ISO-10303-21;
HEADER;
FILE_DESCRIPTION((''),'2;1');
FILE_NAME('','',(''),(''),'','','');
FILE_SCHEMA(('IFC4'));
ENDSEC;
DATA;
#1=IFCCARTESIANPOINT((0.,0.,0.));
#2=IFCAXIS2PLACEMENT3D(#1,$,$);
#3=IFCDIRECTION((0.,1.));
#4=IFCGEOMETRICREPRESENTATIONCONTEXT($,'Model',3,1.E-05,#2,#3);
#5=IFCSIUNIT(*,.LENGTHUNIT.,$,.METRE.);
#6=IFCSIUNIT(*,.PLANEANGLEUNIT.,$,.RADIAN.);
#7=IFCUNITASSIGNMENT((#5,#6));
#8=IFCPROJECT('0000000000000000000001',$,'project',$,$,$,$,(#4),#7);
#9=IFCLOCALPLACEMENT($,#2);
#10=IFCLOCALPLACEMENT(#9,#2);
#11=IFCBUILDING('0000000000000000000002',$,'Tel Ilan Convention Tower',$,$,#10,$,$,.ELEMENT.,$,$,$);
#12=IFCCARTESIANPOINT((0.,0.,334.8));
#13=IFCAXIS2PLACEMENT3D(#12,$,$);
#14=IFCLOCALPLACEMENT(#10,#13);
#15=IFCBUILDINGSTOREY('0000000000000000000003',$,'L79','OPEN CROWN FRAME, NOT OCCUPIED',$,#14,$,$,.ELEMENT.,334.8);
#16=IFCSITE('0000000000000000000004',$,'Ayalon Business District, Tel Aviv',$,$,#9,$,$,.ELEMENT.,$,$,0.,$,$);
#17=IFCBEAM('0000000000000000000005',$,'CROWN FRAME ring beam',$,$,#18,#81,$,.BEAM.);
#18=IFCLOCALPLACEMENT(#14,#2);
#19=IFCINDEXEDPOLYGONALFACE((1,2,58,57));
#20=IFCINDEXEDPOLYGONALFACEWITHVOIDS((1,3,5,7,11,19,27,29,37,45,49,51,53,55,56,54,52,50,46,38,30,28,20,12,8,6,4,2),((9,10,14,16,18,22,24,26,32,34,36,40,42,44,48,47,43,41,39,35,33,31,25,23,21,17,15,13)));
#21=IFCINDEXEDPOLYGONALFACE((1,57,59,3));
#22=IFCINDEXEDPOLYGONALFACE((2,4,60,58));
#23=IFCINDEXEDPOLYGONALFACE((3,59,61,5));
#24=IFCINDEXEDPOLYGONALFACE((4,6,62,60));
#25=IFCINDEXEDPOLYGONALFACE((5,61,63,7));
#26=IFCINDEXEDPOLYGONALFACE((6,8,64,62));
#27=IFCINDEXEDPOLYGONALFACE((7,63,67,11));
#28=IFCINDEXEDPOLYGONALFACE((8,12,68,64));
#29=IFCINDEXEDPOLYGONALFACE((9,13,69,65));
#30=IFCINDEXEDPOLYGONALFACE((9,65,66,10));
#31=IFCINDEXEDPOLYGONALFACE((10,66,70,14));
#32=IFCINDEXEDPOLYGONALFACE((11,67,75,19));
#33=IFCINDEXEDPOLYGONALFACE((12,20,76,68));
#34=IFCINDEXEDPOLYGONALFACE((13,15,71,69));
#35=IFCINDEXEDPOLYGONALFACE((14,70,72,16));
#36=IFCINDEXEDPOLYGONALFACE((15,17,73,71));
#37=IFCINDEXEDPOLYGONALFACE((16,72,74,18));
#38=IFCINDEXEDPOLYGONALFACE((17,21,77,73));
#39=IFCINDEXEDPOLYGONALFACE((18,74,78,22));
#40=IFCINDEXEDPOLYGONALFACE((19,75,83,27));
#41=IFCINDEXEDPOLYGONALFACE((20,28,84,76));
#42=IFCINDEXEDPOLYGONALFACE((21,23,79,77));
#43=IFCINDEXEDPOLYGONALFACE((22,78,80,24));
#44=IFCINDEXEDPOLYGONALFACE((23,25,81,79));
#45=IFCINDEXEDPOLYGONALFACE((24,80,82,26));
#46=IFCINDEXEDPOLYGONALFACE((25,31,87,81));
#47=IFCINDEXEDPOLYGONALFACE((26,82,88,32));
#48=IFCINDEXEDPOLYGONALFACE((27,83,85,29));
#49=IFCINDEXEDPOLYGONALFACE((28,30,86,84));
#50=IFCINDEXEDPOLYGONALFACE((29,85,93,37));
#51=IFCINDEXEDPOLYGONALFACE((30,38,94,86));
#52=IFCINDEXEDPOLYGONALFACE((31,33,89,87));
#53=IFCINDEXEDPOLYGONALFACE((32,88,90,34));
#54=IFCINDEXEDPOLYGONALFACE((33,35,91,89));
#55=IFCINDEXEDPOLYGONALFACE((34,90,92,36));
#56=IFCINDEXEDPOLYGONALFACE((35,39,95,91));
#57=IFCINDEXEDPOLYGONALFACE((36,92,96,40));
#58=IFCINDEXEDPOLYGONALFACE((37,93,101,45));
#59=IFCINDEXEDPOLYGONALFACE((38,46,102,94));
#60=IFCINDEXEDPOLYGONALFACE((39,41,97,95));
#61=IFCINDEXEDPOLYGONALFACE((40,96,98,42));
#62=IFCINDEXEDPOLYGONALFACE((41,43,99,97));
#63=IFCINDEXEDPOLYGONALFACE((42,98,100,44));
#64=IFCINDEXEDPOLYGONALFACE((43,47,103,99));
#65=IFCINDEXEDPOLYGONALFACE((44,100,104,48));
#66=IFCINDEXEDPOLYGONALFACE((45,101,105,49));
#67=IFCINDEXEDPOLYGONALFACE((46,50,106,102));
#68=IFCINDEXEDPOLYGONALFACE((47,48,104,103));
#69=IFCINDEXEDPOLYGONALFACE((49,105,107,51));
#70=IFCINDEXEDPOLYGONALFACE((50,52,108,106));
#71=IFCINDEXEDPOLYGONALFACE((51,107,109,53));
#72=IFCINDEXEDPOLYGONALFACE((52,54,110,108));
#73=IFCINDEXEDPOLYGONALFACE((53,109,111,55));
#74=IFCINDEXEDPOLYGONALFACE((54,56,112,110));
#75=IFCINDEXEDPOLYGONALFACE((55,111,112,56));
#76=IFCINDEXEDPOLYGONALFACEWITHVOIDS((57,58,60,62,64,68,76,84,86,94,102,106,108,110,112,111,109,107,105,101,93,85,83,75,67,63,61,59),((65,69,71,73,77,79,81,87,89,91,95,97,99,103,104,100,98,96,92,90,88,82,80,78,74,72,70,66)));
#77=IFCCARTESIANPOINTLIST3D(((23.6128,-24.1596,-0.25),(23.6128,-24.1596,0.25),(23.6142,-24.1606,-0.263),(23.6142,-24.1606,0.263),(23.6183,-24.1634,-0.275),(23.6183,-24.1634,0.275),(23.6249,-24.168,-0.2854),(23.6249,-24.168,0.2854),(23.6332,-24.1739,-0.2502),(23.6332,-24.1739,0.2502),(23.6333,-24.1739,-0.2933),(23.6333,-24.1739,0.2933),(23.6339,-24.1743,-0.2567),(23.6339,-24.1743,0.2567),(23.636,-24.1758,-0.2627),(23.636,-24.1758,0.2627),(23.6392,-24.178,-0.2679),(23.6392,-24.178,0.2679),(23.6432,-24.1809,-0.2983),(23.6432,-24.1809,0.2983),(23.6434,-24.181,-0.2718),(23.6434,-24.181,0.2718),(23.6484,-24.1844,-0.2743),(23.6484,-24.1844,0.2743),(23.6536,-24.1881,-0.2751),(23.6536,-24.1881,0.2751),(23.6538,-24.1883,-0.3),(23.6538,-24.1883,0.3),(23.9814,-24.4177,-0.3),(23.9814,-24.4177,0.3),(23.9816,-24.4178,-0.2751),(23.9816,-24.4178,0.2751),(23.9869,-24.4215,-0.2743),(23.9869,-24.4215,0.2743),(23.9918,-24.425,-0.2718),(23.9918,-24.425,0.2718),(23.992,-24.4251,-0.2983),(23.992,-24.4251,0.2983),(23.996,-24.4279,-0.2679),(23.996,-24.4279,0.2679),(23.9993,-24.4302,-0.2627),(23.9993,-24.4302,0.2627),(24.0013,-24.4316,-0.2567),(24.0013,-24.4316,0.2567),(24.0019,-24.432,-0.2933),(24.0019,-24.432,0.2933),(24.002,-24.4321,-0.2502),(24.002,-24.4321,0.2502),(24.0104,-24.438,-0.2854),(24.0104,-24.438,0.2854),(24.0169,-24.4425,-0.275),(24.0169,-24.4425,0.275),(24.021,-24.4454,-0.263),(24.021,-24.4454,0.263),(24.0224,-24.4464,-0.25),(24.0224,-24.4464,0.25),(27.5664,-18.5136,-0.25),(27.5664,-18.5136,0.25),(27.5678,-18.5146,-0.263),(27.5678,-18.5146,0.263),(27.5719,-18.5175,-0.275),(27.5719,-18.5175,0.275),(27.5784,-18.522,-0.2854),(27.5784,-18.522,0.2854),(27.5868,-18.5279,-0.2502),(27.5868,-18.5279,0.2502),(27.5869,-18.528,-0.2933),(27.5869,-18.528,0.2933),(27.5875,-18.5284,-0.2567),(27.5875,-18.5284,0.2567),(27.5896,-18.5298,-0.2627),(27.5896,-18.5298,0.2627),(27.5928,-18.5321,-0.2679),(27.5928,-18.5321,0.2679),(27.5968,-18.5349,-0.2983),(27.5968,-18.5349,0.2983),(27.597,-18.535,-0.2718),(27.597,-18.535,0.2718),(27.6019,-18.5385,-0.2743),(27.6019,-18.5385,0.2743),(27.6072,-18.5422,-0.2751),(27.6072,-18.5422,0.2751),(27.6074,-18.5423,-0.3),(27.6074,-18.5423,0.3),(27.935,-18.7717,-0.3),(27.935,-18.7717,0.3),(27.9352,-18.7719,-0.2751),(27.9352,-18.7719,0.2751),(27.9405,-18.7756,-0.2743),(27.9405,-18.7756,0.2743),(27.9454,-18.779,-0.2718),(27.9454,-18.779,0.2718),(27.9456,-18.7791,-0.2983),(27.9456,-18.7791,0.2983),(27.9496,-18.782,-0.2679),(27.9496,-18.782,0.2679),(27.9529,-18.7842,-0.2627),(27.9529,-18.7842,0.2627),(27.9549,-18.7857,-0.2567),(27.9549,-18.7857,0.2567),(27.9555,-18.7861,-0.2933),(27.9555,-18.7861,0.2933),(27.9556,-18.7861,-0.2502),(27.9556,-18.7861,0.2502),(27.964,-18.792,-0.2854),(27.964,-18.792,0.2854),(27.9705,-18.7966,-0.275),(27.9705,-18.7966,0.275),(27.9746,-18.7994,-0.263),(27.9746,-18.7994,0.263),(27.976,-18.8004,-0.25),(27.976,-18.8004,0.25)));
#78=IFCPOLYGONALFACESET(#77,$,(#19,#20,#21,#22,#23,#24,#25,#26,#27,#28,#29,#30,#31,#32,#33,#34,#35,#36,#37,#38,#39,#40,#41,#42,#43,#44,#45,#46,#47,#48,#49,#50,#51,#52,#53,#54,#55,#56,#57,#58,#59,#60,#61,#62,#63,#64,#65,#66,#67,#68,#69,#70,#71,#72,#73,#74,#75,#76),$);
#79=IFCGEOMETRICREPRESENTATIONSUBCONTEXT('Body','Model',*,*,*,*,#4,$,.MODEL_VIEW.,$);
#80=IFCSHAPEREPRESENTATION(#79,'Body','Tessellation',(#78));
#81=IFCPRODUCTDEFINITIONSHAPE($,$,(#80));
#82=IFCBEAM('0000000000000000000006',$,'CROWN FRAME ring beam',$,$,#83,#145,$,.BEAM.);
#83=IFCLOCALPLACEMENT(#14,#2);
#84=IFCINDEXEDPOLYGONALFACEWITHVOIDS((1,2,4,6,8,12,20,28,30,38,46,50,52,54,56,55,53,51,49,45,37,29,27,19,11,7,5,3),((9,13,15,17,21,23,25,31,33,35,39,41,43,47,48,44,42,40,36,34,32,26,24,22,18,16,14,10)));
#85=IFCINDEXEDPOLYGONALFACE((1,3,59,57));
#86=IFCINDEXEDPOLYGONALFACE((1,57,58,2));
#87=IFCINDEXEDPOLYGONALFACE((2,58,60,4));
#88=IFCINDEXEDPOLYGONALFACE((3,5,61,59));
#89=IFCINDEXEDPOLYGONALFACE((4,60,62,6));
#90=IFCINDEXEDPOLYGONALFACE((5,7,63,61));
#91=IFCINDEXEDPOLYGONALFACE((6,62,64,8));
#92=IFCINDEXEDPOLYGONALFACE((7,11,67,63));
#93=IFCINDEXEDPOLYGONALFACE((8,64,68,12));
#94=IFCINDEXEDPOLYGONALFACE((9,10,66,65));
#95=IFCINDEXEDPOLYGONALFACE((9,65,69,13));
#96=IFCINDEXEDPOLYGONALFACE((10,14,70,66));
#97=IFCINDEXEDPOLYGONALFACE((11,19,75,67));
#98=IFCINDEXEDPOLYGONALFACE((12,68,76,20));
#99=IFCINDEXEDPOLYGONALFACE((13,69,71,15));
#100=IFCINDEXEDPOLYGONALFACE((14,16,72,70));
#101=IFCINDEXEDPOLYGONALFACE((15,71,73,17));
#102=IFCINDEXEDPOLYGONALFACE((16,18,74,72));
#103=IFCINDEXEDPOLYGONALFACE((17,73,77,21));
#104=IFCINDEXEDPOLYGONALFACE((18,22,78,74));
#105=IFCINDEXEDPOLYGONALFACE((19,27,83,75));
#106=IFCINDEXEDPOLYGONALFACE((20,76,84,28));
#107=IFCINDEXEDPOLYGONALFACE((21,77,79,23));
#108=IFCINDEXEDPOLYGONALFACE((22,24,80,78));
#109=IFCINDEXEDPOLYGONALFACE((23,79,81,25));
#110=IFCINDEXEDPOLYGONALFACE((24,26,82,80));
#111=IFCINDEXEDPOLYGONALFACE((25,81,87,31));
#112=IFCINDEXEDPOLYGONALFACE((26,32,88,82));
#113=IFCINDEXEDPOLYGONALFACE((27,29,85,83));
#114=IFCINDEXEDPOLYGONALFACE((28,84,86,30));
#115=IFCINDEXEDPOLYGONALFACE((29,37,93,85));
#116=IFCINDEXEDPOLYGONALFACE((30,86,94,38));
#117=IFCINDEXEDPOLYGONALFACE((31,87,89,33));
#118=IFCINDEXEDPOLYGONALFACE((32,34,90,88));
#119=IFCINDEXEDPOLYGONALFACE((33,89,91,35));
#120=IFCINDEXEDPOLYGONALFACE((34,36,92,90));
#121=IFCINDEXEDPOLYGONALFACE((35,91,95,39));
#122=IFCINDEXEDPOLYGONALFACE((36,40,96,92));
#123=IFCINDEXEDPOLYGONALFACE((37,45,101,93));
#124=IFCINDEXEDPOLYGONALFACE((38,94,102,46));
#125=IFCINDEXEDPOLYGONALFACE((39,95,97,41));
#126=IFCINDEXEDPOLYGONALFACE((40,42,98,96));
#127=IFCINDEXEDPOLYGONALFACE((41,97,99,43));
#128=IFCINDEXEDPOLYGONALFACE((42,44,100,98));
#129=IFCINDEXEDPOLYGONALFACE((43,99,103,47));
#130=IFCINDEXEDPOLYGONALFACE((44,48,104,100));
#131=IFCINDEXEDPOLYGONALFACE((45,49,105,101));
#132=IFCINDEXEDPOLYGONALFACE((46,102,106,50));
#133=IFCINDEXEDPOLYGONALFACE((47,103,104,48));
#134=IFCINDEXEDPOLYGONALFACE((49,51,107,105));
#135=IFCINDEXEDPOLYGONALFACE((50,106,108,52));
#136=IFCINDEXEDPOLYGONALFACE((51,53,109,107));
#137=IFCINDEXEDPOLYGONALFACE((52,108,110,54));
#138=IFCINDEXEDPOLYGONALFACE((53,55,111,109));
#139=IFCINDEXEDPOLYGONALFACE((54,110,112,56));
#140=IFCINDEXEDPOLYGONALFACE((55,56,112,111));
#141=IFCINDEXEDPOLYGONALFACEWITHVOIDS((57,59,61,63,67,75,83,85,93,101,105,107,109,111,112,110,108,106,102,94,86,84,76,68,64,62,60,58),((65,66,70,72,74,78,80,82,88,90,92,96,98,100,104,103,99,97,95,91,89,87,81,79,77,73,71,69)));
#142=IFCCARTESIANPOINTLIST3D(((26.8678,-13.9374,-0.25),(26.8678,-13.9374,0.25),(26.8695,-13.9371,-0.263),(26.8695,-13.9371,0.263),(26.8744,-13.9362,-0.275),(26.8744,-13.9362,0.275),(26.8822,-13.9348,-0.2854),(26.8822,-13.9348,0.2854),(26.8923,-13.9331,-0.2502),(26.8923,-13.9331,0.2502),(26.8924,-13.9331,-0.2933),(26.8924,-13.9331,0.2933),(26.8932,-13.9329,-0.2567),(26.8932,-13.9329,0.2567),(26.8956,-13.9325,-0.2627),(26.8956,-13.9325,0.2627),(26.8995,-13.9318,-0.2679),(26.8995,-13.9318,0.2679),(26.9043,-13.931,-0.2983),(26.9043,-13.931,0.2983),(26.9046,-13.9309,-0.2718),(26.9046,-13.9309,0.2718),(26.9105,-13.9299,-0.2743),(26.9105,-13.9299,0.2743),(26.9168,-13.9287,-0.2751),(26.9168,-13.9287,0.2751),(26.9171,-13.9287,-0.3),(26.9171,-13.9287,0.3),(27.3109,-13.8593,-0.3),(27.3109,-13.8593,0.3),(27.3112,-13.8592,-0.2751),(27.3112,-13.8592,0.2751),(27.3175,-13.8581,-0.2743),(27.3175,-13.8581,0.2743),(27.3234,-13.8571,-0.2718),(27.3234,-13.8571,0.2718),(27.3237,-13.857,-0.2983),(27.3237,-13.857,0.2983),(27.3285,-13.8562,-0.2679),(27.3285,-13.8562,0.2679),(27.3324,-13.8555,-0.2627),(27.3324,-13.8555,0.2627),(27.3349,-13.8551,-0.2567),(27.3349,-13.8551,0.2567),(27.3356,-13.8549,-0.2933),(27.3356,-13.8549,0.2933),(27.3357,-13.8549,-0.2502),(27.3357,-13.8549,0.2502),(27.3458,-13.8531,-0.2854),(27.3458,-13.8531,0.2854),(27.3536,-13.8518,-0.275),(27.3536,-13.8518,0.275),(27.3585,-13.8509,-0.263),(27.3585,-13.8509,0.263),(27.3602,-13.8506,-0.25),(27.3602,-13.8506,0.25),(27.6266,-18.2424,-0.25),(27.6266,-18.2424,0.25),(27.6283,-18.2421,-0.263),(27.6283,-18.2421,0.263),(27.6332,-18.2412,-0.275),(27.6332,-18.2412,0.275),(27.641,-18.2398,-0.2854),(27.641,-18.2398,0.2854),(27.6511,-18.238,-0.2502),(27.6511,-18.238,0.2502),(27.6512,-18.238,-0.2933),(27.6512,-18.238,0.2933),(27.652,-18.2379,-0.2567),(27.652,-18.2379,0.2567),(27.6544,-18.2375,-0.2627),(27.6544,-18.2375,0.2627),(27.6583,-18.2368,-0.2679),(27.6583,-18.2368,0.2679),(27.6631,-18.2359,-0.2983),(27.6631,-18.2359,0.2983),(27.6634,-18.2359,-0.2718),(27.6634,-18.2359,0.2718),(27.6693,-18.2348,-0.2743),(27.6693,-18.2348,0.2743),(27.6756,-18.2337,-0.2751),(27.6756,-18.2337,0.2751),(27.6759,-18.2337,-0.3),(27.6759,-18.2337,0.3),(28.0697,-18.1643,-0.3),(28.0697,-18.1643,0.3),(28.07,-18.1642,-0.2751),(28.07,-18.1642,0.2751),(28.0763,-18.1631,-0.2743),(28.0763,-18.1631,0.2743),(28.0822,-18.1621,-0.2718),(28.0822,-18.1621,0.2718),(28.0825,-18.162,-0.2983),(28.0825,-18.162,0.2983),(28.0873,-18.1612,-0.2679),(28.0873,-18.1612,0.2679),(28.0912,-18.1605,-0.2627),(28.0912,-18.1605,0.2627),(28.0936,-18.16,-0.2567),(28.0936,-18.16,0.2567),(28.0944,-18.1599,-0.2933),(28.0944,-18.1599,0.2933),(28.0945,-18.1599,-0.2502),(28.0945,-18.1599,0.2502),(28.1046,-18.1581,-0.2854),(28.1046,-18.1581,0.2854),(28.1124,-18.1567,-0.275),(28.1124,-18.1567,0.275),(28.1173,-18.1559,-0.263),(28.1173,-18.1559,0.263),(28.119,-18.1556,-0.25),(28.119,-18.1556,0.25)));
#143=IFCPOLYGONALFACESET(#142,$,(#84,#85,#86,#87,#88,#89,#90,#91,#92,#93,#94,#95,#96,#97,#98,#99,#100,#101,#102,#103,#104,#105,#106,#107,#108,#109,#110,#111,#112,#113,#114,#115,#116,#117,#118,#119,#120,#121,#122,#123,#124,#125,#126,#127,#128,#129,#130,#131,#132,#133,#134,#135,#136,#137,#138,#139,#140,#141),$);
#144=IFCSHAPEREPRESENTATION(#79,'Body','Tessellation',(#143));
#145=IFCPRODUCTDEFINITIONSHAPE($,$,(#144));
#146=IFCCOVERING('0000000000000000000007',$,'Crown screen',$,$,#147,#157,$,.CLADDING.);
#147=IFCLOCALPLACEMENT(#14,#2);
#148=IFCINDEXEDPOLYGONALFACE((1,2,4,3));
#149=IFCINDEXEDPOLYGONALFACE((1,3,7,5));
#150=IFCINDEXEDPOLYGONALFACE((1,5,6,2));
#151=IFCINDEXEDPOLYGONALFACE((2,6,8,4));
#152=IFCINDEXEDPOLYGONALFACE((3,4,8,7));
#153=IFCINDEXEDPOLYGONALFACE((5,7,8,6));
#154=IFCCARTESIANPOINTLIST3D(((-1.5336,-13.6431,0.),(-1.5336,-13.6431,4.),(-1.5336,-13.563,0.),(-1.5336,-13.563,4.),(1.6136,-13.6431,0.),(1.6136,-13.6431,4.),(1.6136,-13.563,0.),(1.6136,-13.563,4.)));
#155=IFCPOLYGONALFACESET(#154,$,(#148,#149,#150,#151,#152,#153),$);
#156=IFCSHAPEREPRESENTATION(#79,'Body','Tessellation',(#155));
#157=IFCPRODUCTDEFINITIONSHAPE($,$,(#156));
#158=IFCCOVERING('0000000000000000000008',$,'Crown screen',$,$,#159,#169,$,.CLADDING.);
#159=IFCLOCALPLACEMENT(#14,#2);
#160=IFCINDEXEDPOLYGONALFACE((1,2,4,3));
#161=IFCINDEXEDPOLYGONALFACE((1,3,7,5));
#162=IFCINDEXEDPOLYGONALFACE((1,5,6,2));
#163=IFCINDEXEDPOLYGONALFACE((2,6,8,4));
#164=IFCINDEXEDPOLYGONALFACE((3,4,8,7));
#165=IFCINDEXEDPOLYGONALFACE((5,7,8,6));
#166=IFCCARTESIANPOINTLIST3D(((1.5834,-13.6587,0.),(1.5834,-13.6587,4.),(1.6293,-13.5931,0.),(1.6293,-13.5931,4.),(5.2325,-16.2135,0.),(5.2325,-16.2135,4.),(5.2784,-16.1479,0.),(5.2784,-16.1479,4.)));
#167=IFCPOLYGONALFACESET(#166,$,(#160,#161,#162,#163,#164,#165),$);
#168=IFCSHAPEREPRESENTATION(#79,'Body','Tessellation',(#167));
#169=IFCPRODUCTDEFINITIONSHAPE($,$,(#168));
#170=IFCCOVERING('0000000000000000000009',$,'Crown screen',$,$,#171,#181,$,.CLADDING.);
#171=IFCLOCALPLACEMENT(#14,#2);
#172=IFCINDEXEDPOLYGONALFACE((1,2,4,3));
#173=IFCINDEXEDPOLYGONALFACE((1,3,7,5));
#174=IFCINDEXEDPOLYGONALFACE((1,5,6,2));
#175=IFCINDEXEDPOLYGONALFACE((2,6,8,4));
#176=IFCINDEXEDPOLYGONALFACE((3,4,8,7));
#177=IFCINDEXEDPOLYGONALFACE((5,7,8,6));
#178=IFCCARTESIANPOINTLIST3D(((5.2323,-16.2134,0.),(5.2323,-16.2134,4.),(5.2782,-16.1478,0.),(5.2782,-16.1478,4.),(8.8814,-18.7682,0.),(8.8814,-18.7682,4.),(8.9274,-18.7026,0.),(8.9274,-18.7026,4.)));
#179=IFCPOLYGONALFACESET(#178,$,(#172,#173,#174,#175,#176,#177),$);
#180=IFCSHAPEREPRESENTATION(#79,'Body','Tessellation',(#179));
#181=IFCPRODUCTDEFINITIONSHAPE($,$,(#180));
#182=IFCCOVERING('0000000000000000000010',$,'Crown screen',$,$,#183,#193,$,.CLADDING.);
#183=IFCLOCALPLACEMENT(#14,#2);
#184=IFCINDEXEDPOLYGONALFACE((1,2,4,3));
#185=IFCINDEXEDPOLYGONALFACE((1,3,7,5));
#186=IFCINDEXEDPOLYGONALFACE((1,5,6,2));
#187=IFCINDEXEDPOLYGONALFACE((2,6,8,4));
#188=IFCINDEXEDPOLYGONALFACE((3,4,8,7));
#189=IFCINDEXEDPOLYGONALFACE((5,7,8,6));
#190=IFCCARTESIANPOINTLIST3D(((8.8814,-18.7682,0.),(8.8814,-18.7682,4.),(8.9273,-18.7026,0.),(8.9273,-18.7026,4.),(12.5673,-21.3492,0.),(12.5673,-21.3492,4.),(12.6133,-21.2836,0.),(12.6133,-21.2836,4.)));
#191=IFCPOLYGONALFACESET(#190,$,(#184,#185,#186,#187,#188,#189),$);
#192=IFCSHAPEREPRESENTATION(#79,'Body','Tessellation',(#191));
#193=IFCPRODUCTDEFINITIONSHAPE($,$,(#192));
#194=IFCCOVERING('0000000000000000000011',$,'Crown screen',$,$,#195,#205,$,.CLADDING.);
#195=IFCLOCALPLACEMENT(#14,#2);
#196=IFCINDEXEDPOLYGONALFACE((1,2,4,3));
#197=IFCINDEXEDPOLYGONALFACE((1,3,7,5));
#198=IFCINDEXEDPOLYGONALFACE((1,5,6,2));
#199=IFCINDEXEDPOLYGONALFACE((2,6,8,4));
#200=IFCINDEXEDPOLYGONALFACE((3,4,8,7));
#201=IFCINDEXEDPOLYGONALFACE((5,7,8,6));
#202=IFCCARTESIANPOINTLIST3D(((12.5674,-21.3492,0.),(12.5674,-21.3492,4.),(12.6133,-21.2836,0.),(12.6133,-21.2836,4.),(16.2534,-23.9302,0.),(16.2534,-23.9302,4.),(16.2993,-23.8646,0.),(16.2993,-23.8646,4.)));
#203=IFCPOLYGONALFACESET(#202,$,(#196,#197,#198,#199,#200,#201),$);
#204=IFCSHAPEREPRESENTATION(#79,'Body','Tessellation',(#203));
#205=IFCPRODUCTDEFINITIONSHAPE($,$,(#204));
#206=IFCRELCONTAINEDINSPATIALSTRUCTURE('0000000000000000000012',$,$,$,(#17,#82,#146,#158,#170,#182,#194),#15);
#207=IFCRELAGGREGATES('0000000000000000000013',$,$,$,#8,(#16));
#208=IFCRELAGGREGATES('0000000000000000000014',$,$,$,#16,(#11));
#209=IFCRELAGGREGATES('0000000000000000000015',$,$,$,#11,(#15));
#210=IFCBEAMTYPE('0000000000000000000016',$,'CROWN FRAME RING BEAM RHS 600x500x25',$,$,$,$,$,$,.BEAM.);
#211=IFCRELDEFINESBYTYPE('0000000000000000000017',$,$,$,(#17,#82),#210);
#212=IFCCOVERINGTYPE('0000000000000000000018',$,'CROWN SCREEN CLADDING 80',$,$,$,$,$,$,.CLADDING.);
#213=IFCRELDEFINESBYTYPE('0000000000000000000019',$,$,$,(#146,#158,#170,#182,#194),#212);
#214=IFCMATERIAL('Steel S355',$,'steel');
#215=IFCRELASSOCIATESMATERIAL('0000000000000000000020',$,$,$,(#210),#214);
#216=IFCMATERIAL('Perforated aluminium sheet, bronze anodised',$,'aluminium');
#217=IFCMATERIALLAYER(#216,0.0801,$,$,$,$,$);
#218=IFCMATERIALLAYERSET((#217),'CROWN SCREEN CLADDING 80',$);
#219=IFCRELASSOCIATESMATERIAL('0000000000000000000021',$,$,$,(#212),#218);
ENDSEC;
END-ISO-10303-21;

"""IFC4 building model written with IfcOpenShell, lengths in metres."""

from ifc_helpers import new_model, si_unit, direction, frame, origin, origin_2d, place, context, subcontext, project, spatial, rectangle, hollow_rectangle, extrude, material, layer, layer_set, material_profile, profile_set, type_object, element, save


model = new_model("IFC4")

# Units and contexts
model_context = context("Model", 3, precision=1e-05, world=origin(), true_north=direction((0.0, 1.0)))
body_context = subcontext(model_context, "Body", "Model", "MODEL_VIEW")
ifc_project = project(units=[si_unit("LENGTHUNIT", "METRE"), si_unit("PLANEANGLEUNIT", "RADIAN")], contexts=[model_context])

# Site, building, storey
site_placement = place(None, origin())
site = spatial("IfcSite", under=ifc_project, at=site_placement, Name="Ayalon Business District, Tel Aviv", CompositionType="ELEMENT", RefElevation=0.0)
building_placement = place(site_placement, origin())
building = spatial("IfcBuilding", under=site, at=building_placement, Name="Tel Ilan Convention Tower", CompositionType="ELEMENT")
storey_placement = place(building_placement, frame((0.0, 0.0, 334.8)))
storey = spatial("IfcBuildingStorey", under=building, at=storey_placement, Name="L79", Description="OPEN CROWN FRAME, NOT OCCUPIED", CompositionType="ELEMENT", Elevation=334.8)

# Beams
ifc_material_1 = material(Name="Steel S355", Category="steel")
ifc_material_profile_1 = material_profile(ifc_material_1, hollow_rectangle(XDim=0.5, YDim=0.6001, WallThickness=0.0249, InnerFilletRadius=0.0249, OuterFilletRadius=0.05, at=origin_2d()), Name="RHS 600x500x25")
ifc_profile_set_1 = profile_set([ifc_material_profile_1], Name="Steel S355")
beam_type = type_object("IfcBeamType", Name="CROWN FRAME RING BEAM RHS 600x500x25", PredefinedType="BEAM", material=ifc_profile_set_1)
beam_1_placement = place(storey_placement, frame((23.8176, -24.303, 0.0), z_axis=(0.5736, 0.819135, 0.0), x_axis=(-0.819135, 0.5736, 0.0)))
element("IfcBeam", 1, at=beam_1_placement, inside=storey, type_object=beam_type, Name="CROWN FRAME ring beam", PredefinedType="BEAM", context=body_context, shape_type="SweptSolid", body=[
    extrude(hollow_rectangle(XDim=0.5, YDim=0.6001, WallThickness=0.0249, InnerFilletRadius=0.0249, OuterFilletRadius=0.05, at=origin_2d()), origin(), (0.0, 0.0, 1.0), 6.8926),
])
beam_2_placement = place(storey_placement, frame((27.8728, -18.199, 0.0), z_axis=(-0.173585, 0.984819, 0.0), x_axis=(-0.984819, -0.173585, 0.0)))
element("IfcBeam", 2, at=beam_2_placement, inside=storey, type_object=beam_type, Name="CROWN FRAME ring beam", PredefinedType="BEAM", context=body_context, shape_type="SweptSolid", body=[
    extrude(hollow_rectangle(XDim=0.5, YDim=0.6001, WallThickness=0.0249, InnerFilletRadius=0.0249, OuterFilletRadius=0.05, at=origin_2d()), origin(), (0.0, 0.0, 1.0), 4.3713),
])

# Coverings
ifc_material_2 = material(Name="Perforated aluminium sheet, bronze anodised", Category="aluminium")
ifc_layer = layer(ifc_material_2, 0.0801)
ifc_layer_set = layer_set([ifc_layer], Name="CROWN SCREEN CLADDING 80")
covering_type = type_object("IfcCoveringType", Name="CROWN SCREEN CLADDING 80", PredefinedType="CLADDING", material=ifc_layer_set)
covering_1_placement = place(storey_placement, frame((0.04, -13.603, 0.0), z_axis=(0.0, 0.0, 1.0), x_axis=(1.0, 0.0, 0.0)))
element("IfcCovering", 3, at=covering_1_placement, inside=storey, type_object=covering_type, Name="Crown screen", PredefinedType="CLADDING", context=body_context, shape_type="SweptSolid", body=[
    extrude(rectangle(XDim=3.1472, YDim=0.0801, at=origin_2d()), origin(), (0.0, 0.0, 1.0), 4.0),
])
for number, where, z_axis, x_axis, name in (
    (4, (3.4309, -14.9033, 0.0), (0.0, 0.0, 1.0), (0.819185, -0.573529, 0.0), "Crown screen"),
    (5, (7.0798, -17.458, 0.0), (0.0, 0.0, 1.0), (0.819185, -0.573529, 0.0), "Crown screen"),
):
    element("IfcCovering", number, at=place(storey_placement, frame(where, z_axis=z_axis, x_axis=x_axis)), inside=storey, type_object=covering_type, Name=name, PredefinedType="CLADDING", context=body_context, shape_type="SweptSolid", body=[
        extrude(rectangle(XDim=4.4546, YDim=0.0801, at=origin_2d()), origin(), (0.0, 0.0, 1.0), 4.0),
    ])
for number, where, z_axis, x_axis, name in (
    (6, (10.7473, -20.0259, 0.0), (0.0, 0.0, 1.0), (0.819148, -0.573582, 0.0), "Crown screen"),
    (7, (14.4333, -22.6069, 0.0), (0.0, 0.0, 1.0), (0.819148, -0.573582, 0.0), "Crown screen"),
):
    element("IfcCovering", number, at=place(storey_placement, frame(where, z_axis=z_axis, x_axis=x_axis)), inside=storey, type_object=covering_type, Name=name, PredefinedType="CLADDING", context=body_context, shape_type="SweptSolid", body=[
        extrude(rectangle(XDim=4.4998, YDim=0.0801, at=origin_2d()), origin(), (0.0, 0.0, 1.0), 4.0),
    ])

save(model, "model.ifc")
